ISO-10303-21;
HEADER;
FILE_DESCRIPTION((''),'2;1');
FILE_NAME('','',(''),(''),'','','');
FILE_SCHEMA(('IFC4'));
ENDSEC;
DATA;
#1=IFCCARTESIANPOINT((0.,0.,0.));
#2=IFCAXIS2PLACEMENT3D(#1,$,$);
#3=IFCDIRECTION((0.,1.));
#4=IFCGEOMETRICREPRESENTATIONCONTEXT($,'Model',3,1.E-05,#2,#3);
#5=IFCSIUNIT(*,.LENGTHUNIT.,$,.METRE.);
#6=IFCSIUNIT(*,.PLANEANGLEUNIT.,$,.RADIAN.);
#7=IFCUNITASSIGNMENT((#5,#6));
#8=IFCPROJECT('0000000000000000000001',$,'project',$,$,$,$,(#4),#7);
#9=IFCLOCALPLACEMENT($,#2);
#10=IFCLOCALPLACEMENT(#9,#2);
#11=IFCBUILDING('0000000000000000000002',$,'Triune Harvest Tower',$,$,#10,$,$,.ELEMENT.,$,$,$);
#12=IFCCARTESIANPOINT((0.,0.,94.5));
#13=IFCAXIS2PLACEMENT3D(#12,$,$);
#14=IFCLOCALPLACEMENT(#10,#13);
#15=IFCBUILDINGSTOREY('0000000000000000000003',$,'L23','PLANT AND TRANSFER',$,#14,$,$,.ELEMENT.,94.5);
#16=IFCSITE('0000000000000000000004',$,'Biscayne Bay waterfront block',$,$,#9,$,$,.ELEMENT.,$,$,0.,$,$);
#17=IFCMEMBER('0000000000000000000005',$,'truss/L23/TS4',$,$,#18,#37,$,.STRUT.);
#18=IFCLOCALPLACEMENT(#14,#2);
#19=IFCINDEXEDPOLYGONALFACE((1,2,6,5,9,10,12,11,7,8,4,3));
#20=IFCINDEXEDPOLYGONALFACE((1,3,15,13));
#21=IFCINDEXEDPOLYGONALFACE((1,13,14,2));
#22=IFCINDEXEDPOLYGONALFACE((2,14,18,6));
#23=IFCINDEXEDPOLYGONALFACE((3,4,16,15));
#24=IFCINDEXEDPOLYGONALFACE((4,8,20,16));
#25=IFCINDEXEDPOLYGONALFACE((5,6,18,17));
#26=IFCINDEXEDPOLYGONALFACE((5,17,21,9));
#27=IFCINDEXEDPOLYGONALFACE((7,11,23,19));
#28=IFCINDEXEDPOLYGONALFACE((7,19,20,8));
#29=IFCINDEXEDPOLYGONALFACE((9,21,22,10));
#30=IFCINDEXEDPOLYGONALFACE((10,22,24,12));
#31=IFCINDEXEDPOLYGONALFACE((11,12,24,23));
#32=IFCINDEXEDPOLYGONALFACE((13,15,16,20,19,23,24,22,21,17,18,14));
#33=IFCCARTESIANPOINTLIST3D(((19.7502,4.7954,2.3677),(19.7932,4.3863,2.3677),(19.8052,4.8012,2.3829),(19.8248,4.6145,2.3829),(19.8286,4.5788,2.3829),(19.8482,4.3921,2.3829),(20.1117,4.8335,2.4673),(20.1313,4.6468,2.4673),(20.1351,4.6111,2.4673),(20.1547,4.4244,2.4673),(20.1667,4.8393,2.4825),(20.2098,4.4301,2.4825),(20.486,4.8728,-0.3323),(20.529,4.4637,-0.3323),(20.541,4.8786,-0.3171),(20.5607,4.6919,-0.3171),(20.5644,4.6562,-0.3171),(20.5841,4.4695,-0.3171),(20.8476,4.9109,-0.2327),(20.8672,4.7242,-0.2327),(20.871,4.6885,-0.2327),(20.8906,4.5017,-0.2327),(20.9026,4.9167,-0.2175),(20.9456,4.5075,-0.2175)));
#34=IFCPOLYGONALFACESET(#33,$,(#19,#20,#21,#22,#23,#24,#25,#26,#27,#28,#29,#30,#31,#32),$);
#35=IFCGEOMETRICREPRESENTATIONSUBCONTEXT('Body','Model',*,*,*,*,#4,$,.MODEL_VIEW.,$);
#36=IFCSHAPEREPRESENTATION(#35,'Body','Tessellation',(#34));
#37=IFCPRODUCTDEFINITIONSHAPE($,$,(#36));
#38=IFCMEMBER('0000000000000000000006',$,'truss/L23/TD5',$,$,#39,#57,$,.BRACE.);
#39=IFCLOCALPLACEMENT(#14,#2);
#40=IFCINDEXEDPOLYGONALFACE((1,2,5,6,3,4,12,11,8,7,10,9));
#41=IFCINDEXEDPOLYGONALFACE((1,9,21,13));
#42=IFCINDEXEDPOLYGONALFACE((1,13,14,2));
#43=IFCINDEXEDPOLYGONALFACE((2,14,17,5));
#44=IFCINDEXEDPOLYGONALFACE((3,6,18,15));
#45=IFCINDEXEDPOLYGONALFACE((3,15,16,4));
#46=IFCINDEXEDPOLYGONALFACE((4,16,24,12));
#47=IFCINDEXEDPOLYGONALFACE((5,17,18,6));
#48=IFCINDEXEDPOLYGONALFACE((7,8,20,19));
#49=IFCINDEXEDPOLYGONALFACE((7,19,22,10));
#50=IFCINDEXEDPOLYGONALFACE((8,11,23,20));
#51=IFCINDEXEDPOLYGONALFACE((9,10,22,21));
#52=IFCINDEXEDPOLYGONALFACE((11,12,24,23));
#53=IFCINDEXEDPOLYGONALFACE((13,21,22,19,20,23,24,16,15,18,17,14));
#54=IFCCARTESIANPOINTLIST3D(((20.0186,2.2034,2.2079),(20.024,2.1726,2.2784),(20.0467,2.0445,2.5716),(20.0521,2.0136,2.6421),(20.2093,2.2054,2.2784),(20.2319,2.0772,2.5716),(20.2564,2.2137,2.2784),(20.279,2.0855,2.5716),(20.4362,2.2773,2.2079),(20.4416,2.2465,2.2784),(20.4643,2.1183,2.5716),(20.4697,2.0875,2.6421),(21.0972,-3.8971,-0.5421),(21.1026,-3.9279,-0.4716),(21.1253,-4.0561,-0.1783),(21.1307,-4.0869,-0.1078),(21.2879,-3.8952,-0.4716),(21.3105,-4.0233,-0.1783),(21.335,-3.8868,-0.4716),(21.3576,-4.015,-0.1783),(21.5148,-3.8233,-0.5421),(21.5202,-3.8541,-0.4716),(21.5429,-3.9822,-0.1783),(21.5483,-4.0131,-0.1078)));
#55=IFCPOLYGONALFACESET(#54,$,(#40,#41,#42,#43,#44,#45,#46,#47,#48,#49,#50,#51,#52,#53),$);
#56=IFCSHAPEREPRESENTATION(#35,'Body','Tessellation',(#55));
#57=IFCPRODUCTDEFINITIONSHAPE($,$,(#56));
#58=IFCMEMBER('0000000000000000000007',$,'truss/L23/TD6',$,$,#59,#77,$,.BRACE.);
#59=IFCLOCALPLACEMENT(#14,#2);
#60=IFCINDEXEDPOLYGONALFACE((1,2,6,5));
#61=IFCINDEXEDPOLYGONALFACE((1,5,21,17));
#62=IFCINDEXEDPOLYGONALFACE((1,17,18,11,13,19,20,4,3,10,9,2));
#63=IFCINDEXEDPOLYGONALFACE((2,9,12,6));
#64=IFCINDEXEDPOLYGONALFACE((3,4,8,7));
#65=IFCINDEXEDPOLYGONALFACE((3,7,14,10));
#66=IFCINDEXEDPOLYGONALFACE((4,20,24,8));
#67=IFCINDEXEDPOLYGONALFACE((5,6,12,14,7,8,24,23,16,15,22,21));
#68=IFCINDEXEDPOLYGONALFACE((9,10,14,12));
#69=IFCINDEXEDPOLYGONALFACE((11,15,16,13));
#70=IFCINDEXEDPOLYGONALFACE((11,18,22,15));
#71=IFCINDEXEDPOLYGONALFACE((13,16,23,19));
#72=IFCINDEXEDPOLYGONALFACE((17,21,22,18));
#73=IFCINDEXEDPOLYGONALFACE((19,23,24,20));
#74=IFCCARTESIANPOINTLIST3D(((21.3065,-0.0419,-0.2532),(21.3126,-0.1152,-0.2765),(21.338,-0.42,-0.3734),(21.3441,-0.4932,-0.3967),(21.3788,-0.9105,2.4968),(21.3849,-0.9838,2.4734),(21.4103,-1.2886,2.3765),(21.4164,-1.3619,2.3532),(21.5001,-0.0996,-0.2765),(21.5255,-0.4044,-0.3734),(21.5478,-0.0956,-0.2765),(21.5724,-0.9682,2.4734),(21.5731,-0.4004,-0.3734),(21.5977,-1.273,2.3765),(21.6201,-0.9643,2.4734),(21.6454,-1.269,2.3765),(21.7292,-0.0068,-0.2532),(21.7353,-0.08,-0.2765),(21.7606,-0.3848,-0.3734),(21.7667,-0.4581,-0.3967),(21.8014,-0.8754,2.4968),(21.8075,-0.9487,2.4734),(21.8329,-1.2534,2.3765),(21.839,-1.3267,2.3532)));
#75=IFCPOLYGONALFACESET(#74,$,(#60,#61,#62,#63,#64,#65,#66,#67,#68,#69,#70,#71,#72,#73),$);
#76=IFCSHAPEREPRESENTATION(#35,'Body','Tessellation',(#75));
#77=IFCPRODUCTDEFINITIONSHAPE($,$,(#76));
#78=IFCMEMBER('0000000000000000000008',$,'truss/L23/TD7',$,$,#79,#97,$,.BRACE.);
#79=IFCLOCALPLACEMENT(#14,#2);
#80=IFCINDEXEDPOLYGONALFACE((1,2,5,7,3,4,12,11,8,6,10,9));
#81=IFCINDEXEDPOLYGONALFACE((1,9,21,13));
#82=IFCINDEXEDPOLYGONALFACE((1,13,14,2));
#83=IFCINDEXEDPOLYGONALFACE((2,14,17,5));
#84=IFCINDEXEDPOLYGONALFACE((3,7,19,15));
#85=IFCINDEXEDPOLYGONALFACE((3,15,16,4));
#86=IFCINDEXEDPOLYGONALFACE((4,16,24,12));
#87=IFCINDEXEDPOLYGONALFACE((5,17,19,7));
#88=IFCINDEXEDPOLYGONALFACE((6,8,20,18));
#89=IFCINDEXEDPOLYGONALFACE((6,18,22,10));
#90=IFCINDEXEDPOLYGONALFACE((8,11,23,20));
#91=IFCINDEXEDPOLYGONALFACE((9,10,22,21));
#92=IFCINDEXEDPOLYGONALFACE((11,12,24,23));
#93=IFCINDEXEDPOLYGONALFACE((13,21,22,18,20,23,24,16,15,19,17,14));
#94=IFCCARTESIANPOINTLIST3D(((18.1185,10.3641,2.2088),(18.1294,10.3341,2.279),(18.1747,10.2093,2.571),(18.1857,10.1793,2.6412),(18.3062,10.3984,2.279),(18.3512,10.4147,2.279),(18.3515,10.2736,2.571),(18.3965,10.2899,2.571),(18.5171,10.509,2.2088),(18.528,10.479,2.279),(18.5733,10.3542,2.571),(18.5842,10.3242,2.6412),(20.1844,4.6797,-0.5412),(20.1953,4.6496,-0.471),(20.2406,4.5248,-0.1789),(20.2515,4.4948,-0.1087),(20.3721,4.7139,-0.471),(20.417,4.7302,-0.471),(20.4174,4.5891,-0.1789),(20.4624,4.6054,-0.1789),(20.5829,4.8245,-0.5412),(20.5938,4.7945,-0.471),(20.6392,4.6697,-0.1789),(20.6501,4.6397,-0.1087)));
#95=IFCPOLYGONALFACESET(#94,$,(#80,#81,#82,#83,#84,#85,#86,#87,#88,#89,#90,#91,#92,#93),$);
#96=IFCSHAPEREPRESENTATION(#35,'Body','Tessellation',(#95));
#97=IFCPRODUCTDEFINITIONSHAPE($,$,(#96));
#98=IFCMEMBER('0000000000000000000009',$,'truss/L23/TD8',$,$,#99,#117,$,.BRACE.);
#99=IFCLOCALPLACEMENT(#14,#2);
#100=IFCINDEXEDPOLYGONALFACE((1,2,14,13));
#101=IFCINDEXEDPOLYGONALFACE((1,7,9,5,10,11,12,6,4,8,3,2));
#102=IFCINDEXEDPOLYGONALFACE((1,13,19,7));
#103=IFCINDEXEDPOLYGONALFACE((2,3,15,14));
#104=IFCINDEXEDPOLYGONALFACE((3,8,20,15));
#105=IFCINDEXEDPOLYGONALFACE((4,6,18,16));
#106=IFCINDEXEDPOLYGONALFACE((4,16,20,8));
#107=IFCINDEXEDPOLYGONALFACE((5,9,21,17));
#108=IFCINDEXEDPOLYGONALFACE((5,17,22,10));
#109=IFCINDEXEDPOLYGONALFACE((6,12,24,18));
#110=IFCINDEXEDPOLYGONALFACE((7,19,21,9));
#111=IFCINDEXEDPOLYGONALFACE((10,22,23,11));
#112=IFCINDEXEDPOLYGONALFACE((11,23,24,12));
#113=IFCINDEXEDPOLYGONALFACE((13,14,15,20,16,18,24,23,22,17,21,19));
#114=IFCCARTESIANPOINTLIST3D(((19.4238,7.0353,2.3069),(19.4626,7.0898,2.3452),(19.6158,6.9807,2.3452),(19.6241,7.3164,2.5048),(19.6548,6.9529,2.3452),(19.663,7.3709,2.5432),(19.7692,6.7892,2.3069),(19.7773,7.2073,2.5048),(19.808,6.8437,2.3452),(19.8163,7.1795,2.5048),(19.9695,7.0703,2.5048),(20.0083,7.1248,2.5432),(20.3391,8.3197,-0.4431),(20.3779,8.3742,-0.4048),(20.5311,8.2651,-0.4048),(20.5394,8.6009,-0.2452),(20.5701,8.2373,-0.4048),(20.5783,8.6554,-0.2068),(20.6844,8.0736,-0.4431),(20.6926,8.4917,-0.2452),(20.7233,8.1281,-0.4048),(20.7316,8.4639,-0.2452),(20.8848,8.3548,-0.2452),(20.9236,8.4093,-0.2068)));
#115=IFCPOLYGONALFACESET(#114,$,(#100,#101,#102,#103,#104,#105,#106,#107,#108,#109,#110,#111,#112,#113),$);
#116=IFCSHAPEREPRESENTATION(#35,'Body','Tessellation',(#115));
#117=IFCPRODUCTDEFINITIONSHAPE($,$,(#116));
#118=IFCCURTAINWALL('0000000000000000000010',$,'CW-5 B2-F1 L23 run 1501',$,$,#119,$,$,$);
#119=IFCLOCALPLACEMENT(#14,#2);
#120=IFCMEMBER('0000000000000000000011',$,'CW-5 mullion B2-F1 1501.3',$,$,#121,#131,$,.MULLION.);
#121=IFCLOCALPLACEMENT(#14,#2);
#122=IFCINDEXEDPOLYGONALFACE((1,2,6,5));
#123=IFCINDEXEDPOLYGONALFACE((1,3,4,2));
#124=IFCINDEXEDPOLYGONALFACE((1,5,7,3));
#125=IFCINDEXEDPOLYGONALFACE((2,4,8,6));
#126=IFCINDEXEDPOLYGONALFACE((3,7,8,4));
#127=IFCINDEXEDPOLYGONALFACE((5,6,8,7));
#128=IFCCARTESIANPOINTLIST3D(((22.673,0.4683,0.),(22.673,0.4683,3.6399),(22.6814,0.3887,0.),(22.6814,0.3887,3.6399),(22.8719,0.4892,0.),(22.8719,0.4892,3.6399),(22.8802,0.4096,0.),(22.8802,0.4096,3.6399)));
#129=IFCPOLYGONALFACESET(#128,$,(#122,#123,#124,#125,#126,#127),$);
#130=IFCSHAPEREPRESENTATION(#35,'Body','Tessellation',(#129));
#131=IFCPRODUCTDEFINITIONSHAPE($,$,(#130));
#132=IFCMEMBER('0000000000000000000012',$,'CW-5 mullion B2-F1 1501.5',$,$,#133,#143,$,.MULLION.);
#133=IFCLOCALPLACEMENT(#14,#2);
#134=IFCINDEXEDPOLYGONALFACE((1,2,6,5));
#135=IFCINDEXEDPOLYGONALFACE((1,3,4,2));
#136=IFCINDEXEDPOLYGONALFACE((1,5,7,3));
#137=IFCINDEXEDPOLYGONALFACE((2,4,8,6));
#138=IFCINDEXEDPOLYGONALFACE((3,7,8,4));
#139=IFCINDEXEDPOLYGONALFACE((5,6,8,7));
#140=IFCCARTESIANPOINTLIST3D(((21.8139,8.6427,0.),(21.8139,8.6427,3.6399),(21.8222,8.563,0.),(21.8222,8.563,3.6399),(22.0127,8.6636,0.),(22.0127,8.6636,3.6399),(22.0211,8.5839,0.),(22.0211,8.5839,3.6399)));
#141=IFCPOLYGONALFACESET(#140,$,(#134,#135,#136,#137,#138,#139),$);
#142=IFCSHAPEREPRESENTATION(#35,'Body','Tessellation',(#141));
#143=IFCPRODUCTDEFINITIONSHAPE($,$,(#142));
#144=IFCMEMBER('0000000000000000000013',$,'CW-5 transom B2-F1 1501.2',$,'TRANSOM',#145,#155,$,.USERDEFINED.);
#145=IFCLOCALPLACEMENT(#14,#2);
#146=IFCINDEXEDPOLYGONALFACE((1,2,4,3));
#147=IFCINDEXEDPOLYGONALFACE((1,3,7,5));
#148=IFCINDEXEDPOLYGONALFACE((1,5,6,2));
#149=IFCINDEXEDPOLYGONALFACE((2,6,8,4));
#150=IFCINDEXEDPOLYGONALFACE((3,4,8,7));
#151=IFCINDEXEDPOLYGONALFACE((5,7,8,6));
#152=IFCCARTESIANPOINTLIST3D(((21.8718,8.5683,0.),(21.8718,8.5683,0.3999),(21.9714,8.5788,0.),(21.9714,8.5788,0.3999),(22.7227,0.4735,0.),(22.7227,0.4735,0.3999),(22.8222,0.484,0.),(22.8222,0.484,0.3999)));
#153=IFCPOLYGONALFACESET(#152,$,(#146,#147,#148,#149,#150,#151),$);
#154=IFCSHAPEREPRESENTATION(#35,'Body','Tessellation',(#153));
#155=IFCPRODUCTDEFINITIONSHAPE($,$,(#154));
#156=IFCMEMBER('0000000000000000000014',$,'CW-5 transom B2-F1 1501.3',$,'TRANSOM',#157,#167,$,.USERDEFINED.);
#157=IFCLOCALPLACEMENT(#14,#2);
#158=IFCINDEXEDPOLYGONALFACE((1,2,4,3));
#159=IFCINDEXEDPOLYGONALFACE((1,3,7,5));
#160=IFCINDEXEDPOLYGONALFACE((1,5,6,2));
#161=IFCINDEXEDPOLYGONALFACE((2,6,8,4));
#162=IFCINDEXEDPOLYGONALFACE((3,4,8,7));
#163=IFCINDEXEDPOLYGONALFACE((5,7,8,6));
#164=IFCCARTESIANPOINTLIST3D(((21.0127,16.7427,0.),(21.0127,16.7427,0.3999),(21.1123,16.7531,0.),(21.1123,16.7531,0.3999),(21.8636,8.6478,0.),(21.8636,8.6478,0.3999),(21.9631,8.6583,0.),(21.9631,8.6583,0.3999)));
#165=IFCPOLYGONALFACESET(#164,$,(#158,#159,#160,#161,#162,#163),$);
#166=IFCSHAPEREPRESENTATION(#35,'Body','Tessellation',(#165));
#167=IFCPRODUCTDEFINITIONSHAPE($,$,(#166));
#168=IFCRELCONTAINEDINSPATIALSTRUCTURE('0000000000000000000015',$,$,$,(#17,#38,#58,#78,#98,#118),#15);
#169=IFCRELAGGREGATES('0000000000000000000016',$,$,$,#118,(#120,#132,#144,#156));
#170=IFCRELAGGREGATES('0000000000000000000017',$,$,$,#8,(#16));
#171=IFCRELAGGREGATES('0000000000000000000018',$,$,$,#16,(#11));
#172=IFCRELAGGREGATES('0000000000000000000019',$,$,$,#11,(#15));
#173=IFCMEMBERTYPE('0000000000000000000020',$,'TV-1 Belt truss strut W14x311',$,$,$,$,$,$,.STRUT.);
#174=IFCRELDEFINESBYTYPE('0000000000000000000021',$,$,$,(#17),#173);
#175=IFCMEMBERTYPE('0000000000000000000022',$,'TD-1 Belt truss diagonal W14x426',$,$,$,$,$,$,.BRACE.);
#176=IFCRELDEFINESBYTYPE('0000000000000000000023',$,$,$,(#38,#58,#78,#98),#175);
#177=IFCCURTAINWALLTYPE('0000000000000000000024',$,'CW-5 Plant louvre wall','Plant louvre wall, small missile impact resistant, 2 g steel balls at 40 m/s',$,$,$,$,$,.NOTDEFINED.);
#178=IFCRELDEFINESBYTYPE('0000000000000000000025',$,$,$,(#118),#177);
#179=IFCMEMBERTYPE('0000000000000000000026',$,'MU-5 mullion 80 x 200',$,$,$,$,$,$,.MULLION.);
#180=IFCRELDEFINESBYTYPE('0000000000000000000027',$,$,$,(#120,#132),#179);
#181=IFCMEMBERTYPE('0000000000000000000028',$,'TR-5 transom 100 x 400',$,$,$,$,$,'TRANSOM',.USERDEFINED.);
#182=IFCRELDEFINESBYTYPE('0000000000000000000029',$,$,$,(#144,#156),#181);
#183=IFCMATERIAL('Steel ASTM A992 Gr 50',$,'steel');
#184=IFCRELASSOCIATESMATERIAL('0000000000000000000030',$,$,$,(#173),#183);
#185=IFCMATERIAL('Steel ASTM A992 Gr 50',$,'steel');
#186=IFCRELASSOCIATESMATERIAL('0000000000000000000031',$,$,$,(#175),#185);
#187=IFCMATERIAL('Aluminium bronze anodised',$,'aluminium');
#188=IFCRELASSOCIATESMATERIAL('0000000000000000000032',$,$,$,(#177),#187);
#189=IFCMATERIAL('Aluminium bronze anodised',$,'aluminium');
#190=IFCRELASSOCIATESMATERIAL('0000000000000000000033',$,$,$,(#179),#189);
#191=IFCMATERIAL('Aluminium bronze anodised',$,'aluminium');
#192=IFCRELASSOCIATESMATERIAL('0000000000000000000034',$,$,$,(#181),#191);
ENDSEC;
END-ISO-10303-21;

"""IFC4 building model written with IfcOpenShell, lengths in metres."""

from ifc_helpers import new_model, si_unit, direction, frame, origin, origin_2d, place, context, subcontext, project, spatial, rectangle, i_section, extrude, source, transform, mapped, material, material_profile, profile_set, type_object, element, aggregate, save


model = new_model("IFC4")

# Units and contexts
model_context = context("Model", 3, precision=1e-05, world=origin(), true_north=direction((0.0, 1.0)))
body_context = subcontext(model_context, "Body", "Model", "MODEL_VIEW")
ifc_project = project(units=[si_unit("LENGTHUNIT", "METRE"), si_unit("PLANEANGLEUNIT", "RADIAN")], contexts=[model_context])

# Site, building, storey
site_placement = place(None, origin())
site = spatial("IfcSite", under=ifc_project, at=site_placement, Name="Biscayne Bay waterfront block", CompositionType="ELEMENT", RefElevation=0.0)
building_placement = place(site_placement, origin())
building = spatial("IfcBuilding", under=site, at=building_placement, Name="Triune Harvest Tower", CompositionType="ELEMENT")
storey_placement = place(building_placement, frame((0.0, 0.0, 94.5)))
storey = spatial("IfcBuildingStorey", under=building, at=storey_placement, Name="L23", Description="PLANT AND TRANSFER", CompositionType="ELEMENT", Elevation=94.5)

# Members
ifc_material_1 = material(Name="Steel ASTM A992 Gr 50", Category="steel")
ifc_material_profile_1 = material_profile(ifc_material_1, i_section(OverallWidth=0.4114, OverallDepth=0.4343, WebThickness=0.0359, FlangeThickness=0.0574, at=origin_2d()), Name="W14x311")
ifc_profile_set_1 = profile_set([ifc_material_profile_1], Name="Steel ASTM A992 Gr 50")
member_type_1 = type_object("IfcMemberType", Name="TV-1 Belt truss strut W14x311", PredefinedType="STRUT", material=ifc_profile_set_1)
shared_shape_1 = source(origin(), body_context, "Body", "SweptSolid", [
    extrude(i_section(OverallWidth=0.4114, OverallDepth=0.4343, WebThickness=0.0359, FlangeThickness=0.0574, at=origin_2d()), origin(), (0.0, 0.0, 1.0), 2.7996),
])
member_1_placement = place(storey_placement, frame((20.7158, 4.6902, -0.2749), z_axis=(-0.262847, -0.027645, 0.964441), x_axis=(0.104599, -0.994514, 0.0)))
element("IfcMember", 1, at=member_1_placement, inside=storey, type_object=member_type_1, Name="truss/L23/TS4", PredefinedType="STRUT", context=body_context, shape_type="MappedRepresentation", body=[
    mapped(shared_shape_1, transform((0.0, 0.0, 0.0), scale=1.0)),
])
ifc_material_2 = material(Name="Steel ASTM A992 Gr 50", Category="steel")
ifc_material_profile_2 = material_profile(ifc_material_2, i_section(OverallWidth=0.4241, OverallDepth=0.4751, WebThickness=0.0479, FlangeThickness=0.0771, at=origin_2d()), Name="W14x426")
ifc_profile_set_2 = profile_set([ifc_material_profile_2], Name="Steel ASTM A992 Gr 50")
member_type_2 = type_object("IfcMemberType", Name="TD-1 Belt truss diagonal W14x426", PredefinedType="BRACE", material=ifc_profile_set_2)
shared_shape_2 = source(origin(), body_context, "Body", "SweptSolid", [
    extrude(i_section(OverallWidth=0.4241, OverallDepth=0.4751, WebThickness=0.0479, FlangeThickness=0.0771, at=origin_2d()), origin(), (0.0, 0.0, 1.0), 6.7781),
])
member_2_placement = place(storey_placement, frame((21.3228, -3.9551, -0.325), z_axis=(-0.159131, 0.90004, 0.405717), x_axis=(-0.984727, -0.174105, 0.0)))
element("IfcMember", 2, at=member_2_placement, inside=storey, type_object=member_type_2, Name="truss/L23/TD5", PredefinedType="BRACE", context=body_context, shape_type="MappedRepresentation", body=[
    mapped(shared_shape_2, transform((0.0, 0.0, 0.0), scale=1.0)),
])
shared_shape_3 = source(origin(), body_context, "Body", "SweptSolid", [
    extrude(i_section(OverallWidth=0.4241, OverallDepth=0.4751, WebThickness=0.0479, FlangeThickness=0.0771, at=origin_2d()), origin(), (0.0, 0.0, 1.0), 2.8848),
])
member_3_placement = place(storey_placement, frame((21.5366, -0.25, -0.325), z_axis=(0.02505, -0.30111, 0.95326), x_axis=(0.996557, 0.082906, 0.0)))
element("IfcMember", 3, at=member_3_placement, inside=storey, type_object=member_type_2, Name="truss/L23/TD6", PredefinedType="BRACE", context=body_context, shape_type="MappedRepresentation", body=[
    mapped(shared_shape_3, transform((0.0, 0.0, 0.0), scale=1.0)),
])
shared_shape_4 = source(origin(), body_context, "Body", "SweptSolid", [
    extrude(i_section(OverallWidth=0.4241, OverallDepth=0.4751, WebThickness=0.0479, FlangeThickness=0.0771, at=origin_2d()), origin(), (0.0, 0.0, 1.0), 6.644),
])
member_4_placement = place(storey_placement, frame((20.4172, 4.6597, -0.325), z_axis=(-0.310937, 0.855574, 0.413897), x_axis=(-0.939857, -0.341568, 0.0)))
element("IfcMember", 4, at=member_4_placement, inside=storey, type_object=member_type_2, Name="truss/L23/TD7", PredefinedType="BRACE", context=body_context, shape_type="MappedRepresentation", body=[
    mapped(shared_shape_4, transform((0.0, 0.0, 0.0), scale=1.0)),
])
shared_shape_5 = source(origin(), body_context, "Body", "SweptSolid", [
    extrude(i_section(OverallWidth=0.4241, OverallDepth=0.4751, WebThickness=0.0479, FlangeThickness=0.0771, at=origin_2d()), origin(), (0.0, 0.0, 1.0), 3.1702),
])
member_5_placement = place(storey_placement, frame((20.6313, 8.3645, -0.325), z_axis=(-0.288717, -0.405159, 0.867461), x_axis=(0.814381, -0.58033, 0.0)))
element("IfcMember", 5, at=member_5_placement, inside=storey, type_object=member_type_2, Name="truss/L23/TD8", PredefinedType="BRACE", context=body_context, shape_type="MappedRepresentation", body=[
    mapped(shared_shape_5, transform((0.0, 0.0, 0.0), scale=1.0)),
])

# Curtain wall, members
ifc_material_3 = material(Name="Aluminium bronze anodised", Category="aluminium")
curtain_wall_type = type_object("IfcCurtainWallType", Name="CW-5 Plant louvre wall", Description="Plant louvre wall, small missile impact resistant, 2 g steel balls at 40 m/s", PredefinedType="NOTDEFINED", material=ifc_material_3)
curtain_wall_placement = place(storey_placement, origin())
curtain_wall = element("IfcCurtainWall", 6, at=curtain_wall_placement, inside=storey, type_object=curtain_wall_type, Name="CW-5 B2-F1 L23 run 1501")
ifc_material_4 = material(Name="Aluminium bronze anodised", Category="aluminium")
ifc_material_profile_3 = material_profile(ifc_material_4, rectangle(XDim=0.2, YDim=0.0801, at=origin_2d()), Name="MU-5 mullion 80 x 200")
ifc_profile_set_3 = profile_set([ifc_material_profile_3], Name="Aluminium bronze anodised")
member_type_3 = type_object("IfcMemberType", Name="MU-5 mullion 80 x 200", PredefinedType="MULLION", material=ifc_profile_set_3)
shared_shape_6 = source(origin(), body_context, "Body", "SweptSolid", [
    extrude(rectangle(XDim=0.2, YDim=0.0801, at=origin_2d()), origin(), (0.0, 0.0, 1.0), 3.6399),
])
member_6_placement = place(storey_placement, frame((22.7766, 0.439, 0.0), z_axis=(0.0, 0.0, 1.0), x_axis=(-0.994522, -0.104528, 0.0)))
member_6 = element("IfcMember", 7, at=member_6_placement, type_object=member_type_3, Name="CW-5 mullion B2-F1 1501.3", PredefinedType="MULLION", context=body_context, shape_type="MappedRepresentation", body=[
    mapped(shared_shape_6, transform((0.0, 0.0, 0.0), scale=1.0)),
])
member_7_placement = place(storey_placement, frame((21.9175, 8.6133, 0.0), z_axis=(0.0, 0.0, 1.0), x_axis=(-0.994522, -0.104528, 0.0)))
member_7 = element("IfcMember", 8, at=member_7_placement, type_object=member_type_3, Name="CW-5 mullion B2-F1 1501.5", PredefinedType="MULLION", context=body_context, shape_type="MappedRepresentation", body=[
    mapped(shared_shape_6, transform((0.0, 0.0, 0.0), scale=1.0)),
])
ifc_material_5 = material(Name="Aluminium bronze anodised", Category="aluminium")
ifc_material_profile_4 = material_profile(ifc_material_5, rectangle(XDim=0.1001, YDim=0.3999, at=origin_2d()), Name="TR-5 transom 100 x 400")
ifc_profile_set_4 = profile_set([ifc_material_profile_4], Name="Aluminium bronze anodised")
member_type_4 = type_object("IfcMemberType", Name="TR-5 transom 100 x 400", ElementType="TRANSOM", PredefinedType="USERDEFINED", material=ifc_profile_set_4)
shared_shape_7 = source(origin(), body_context, "Body", "SweptSolid", [
    extrude(rectangle(XDim=0.1001, YDim=0.3999, at=origin_2d()), origin(), (0.0, 0.0, 1.0), 8.1394),
])
member_8_placement = place(storey_placement, frame((22.7725, 0.4788, 0.2), z_axis=(-0.104533, 0.994521, 0.0), x_axis=(-0.994521, -0.104533, 0.0)))
member_8 = element("IfcMember", 9, at=member_8_placement, type_object=member_type_4, Name="CW-5 transom B2-F1 1501.2", ObjectType="TRANSOM", PredefinedType="USERDEFINED", context=body_context, shape_type="MappedRepresentation", body=[
    mapped(shared_shape_7, transform((0.0, 0.0, 0.0), scale=1.0)),
])
member_9_placement = place(storey_placement, frame((21.9133, 8.6531, 0.2), z_axis=(-0.104533, 0.994521, 0.0), x_axis=(-0.994521, -0.104533, 0.0)))
member_9 = element("IfcMember", 10, at=member_9_placement, type_object=member_type_4, Name="CW-5 transom B2-F1 1501.3", ObjectType="TRANSOM", PredefinedType="USERDEFINED", context=body_context, shape_type="MappedRepresentation", body=[
    mapped(shared_shape_7, transform((0.0, 0.0, 0.0), scale=1.0)),
])
aggregate(curtain_wall, [member_6, member_7, member_8, member_9])

save(model, "model.ifc")
